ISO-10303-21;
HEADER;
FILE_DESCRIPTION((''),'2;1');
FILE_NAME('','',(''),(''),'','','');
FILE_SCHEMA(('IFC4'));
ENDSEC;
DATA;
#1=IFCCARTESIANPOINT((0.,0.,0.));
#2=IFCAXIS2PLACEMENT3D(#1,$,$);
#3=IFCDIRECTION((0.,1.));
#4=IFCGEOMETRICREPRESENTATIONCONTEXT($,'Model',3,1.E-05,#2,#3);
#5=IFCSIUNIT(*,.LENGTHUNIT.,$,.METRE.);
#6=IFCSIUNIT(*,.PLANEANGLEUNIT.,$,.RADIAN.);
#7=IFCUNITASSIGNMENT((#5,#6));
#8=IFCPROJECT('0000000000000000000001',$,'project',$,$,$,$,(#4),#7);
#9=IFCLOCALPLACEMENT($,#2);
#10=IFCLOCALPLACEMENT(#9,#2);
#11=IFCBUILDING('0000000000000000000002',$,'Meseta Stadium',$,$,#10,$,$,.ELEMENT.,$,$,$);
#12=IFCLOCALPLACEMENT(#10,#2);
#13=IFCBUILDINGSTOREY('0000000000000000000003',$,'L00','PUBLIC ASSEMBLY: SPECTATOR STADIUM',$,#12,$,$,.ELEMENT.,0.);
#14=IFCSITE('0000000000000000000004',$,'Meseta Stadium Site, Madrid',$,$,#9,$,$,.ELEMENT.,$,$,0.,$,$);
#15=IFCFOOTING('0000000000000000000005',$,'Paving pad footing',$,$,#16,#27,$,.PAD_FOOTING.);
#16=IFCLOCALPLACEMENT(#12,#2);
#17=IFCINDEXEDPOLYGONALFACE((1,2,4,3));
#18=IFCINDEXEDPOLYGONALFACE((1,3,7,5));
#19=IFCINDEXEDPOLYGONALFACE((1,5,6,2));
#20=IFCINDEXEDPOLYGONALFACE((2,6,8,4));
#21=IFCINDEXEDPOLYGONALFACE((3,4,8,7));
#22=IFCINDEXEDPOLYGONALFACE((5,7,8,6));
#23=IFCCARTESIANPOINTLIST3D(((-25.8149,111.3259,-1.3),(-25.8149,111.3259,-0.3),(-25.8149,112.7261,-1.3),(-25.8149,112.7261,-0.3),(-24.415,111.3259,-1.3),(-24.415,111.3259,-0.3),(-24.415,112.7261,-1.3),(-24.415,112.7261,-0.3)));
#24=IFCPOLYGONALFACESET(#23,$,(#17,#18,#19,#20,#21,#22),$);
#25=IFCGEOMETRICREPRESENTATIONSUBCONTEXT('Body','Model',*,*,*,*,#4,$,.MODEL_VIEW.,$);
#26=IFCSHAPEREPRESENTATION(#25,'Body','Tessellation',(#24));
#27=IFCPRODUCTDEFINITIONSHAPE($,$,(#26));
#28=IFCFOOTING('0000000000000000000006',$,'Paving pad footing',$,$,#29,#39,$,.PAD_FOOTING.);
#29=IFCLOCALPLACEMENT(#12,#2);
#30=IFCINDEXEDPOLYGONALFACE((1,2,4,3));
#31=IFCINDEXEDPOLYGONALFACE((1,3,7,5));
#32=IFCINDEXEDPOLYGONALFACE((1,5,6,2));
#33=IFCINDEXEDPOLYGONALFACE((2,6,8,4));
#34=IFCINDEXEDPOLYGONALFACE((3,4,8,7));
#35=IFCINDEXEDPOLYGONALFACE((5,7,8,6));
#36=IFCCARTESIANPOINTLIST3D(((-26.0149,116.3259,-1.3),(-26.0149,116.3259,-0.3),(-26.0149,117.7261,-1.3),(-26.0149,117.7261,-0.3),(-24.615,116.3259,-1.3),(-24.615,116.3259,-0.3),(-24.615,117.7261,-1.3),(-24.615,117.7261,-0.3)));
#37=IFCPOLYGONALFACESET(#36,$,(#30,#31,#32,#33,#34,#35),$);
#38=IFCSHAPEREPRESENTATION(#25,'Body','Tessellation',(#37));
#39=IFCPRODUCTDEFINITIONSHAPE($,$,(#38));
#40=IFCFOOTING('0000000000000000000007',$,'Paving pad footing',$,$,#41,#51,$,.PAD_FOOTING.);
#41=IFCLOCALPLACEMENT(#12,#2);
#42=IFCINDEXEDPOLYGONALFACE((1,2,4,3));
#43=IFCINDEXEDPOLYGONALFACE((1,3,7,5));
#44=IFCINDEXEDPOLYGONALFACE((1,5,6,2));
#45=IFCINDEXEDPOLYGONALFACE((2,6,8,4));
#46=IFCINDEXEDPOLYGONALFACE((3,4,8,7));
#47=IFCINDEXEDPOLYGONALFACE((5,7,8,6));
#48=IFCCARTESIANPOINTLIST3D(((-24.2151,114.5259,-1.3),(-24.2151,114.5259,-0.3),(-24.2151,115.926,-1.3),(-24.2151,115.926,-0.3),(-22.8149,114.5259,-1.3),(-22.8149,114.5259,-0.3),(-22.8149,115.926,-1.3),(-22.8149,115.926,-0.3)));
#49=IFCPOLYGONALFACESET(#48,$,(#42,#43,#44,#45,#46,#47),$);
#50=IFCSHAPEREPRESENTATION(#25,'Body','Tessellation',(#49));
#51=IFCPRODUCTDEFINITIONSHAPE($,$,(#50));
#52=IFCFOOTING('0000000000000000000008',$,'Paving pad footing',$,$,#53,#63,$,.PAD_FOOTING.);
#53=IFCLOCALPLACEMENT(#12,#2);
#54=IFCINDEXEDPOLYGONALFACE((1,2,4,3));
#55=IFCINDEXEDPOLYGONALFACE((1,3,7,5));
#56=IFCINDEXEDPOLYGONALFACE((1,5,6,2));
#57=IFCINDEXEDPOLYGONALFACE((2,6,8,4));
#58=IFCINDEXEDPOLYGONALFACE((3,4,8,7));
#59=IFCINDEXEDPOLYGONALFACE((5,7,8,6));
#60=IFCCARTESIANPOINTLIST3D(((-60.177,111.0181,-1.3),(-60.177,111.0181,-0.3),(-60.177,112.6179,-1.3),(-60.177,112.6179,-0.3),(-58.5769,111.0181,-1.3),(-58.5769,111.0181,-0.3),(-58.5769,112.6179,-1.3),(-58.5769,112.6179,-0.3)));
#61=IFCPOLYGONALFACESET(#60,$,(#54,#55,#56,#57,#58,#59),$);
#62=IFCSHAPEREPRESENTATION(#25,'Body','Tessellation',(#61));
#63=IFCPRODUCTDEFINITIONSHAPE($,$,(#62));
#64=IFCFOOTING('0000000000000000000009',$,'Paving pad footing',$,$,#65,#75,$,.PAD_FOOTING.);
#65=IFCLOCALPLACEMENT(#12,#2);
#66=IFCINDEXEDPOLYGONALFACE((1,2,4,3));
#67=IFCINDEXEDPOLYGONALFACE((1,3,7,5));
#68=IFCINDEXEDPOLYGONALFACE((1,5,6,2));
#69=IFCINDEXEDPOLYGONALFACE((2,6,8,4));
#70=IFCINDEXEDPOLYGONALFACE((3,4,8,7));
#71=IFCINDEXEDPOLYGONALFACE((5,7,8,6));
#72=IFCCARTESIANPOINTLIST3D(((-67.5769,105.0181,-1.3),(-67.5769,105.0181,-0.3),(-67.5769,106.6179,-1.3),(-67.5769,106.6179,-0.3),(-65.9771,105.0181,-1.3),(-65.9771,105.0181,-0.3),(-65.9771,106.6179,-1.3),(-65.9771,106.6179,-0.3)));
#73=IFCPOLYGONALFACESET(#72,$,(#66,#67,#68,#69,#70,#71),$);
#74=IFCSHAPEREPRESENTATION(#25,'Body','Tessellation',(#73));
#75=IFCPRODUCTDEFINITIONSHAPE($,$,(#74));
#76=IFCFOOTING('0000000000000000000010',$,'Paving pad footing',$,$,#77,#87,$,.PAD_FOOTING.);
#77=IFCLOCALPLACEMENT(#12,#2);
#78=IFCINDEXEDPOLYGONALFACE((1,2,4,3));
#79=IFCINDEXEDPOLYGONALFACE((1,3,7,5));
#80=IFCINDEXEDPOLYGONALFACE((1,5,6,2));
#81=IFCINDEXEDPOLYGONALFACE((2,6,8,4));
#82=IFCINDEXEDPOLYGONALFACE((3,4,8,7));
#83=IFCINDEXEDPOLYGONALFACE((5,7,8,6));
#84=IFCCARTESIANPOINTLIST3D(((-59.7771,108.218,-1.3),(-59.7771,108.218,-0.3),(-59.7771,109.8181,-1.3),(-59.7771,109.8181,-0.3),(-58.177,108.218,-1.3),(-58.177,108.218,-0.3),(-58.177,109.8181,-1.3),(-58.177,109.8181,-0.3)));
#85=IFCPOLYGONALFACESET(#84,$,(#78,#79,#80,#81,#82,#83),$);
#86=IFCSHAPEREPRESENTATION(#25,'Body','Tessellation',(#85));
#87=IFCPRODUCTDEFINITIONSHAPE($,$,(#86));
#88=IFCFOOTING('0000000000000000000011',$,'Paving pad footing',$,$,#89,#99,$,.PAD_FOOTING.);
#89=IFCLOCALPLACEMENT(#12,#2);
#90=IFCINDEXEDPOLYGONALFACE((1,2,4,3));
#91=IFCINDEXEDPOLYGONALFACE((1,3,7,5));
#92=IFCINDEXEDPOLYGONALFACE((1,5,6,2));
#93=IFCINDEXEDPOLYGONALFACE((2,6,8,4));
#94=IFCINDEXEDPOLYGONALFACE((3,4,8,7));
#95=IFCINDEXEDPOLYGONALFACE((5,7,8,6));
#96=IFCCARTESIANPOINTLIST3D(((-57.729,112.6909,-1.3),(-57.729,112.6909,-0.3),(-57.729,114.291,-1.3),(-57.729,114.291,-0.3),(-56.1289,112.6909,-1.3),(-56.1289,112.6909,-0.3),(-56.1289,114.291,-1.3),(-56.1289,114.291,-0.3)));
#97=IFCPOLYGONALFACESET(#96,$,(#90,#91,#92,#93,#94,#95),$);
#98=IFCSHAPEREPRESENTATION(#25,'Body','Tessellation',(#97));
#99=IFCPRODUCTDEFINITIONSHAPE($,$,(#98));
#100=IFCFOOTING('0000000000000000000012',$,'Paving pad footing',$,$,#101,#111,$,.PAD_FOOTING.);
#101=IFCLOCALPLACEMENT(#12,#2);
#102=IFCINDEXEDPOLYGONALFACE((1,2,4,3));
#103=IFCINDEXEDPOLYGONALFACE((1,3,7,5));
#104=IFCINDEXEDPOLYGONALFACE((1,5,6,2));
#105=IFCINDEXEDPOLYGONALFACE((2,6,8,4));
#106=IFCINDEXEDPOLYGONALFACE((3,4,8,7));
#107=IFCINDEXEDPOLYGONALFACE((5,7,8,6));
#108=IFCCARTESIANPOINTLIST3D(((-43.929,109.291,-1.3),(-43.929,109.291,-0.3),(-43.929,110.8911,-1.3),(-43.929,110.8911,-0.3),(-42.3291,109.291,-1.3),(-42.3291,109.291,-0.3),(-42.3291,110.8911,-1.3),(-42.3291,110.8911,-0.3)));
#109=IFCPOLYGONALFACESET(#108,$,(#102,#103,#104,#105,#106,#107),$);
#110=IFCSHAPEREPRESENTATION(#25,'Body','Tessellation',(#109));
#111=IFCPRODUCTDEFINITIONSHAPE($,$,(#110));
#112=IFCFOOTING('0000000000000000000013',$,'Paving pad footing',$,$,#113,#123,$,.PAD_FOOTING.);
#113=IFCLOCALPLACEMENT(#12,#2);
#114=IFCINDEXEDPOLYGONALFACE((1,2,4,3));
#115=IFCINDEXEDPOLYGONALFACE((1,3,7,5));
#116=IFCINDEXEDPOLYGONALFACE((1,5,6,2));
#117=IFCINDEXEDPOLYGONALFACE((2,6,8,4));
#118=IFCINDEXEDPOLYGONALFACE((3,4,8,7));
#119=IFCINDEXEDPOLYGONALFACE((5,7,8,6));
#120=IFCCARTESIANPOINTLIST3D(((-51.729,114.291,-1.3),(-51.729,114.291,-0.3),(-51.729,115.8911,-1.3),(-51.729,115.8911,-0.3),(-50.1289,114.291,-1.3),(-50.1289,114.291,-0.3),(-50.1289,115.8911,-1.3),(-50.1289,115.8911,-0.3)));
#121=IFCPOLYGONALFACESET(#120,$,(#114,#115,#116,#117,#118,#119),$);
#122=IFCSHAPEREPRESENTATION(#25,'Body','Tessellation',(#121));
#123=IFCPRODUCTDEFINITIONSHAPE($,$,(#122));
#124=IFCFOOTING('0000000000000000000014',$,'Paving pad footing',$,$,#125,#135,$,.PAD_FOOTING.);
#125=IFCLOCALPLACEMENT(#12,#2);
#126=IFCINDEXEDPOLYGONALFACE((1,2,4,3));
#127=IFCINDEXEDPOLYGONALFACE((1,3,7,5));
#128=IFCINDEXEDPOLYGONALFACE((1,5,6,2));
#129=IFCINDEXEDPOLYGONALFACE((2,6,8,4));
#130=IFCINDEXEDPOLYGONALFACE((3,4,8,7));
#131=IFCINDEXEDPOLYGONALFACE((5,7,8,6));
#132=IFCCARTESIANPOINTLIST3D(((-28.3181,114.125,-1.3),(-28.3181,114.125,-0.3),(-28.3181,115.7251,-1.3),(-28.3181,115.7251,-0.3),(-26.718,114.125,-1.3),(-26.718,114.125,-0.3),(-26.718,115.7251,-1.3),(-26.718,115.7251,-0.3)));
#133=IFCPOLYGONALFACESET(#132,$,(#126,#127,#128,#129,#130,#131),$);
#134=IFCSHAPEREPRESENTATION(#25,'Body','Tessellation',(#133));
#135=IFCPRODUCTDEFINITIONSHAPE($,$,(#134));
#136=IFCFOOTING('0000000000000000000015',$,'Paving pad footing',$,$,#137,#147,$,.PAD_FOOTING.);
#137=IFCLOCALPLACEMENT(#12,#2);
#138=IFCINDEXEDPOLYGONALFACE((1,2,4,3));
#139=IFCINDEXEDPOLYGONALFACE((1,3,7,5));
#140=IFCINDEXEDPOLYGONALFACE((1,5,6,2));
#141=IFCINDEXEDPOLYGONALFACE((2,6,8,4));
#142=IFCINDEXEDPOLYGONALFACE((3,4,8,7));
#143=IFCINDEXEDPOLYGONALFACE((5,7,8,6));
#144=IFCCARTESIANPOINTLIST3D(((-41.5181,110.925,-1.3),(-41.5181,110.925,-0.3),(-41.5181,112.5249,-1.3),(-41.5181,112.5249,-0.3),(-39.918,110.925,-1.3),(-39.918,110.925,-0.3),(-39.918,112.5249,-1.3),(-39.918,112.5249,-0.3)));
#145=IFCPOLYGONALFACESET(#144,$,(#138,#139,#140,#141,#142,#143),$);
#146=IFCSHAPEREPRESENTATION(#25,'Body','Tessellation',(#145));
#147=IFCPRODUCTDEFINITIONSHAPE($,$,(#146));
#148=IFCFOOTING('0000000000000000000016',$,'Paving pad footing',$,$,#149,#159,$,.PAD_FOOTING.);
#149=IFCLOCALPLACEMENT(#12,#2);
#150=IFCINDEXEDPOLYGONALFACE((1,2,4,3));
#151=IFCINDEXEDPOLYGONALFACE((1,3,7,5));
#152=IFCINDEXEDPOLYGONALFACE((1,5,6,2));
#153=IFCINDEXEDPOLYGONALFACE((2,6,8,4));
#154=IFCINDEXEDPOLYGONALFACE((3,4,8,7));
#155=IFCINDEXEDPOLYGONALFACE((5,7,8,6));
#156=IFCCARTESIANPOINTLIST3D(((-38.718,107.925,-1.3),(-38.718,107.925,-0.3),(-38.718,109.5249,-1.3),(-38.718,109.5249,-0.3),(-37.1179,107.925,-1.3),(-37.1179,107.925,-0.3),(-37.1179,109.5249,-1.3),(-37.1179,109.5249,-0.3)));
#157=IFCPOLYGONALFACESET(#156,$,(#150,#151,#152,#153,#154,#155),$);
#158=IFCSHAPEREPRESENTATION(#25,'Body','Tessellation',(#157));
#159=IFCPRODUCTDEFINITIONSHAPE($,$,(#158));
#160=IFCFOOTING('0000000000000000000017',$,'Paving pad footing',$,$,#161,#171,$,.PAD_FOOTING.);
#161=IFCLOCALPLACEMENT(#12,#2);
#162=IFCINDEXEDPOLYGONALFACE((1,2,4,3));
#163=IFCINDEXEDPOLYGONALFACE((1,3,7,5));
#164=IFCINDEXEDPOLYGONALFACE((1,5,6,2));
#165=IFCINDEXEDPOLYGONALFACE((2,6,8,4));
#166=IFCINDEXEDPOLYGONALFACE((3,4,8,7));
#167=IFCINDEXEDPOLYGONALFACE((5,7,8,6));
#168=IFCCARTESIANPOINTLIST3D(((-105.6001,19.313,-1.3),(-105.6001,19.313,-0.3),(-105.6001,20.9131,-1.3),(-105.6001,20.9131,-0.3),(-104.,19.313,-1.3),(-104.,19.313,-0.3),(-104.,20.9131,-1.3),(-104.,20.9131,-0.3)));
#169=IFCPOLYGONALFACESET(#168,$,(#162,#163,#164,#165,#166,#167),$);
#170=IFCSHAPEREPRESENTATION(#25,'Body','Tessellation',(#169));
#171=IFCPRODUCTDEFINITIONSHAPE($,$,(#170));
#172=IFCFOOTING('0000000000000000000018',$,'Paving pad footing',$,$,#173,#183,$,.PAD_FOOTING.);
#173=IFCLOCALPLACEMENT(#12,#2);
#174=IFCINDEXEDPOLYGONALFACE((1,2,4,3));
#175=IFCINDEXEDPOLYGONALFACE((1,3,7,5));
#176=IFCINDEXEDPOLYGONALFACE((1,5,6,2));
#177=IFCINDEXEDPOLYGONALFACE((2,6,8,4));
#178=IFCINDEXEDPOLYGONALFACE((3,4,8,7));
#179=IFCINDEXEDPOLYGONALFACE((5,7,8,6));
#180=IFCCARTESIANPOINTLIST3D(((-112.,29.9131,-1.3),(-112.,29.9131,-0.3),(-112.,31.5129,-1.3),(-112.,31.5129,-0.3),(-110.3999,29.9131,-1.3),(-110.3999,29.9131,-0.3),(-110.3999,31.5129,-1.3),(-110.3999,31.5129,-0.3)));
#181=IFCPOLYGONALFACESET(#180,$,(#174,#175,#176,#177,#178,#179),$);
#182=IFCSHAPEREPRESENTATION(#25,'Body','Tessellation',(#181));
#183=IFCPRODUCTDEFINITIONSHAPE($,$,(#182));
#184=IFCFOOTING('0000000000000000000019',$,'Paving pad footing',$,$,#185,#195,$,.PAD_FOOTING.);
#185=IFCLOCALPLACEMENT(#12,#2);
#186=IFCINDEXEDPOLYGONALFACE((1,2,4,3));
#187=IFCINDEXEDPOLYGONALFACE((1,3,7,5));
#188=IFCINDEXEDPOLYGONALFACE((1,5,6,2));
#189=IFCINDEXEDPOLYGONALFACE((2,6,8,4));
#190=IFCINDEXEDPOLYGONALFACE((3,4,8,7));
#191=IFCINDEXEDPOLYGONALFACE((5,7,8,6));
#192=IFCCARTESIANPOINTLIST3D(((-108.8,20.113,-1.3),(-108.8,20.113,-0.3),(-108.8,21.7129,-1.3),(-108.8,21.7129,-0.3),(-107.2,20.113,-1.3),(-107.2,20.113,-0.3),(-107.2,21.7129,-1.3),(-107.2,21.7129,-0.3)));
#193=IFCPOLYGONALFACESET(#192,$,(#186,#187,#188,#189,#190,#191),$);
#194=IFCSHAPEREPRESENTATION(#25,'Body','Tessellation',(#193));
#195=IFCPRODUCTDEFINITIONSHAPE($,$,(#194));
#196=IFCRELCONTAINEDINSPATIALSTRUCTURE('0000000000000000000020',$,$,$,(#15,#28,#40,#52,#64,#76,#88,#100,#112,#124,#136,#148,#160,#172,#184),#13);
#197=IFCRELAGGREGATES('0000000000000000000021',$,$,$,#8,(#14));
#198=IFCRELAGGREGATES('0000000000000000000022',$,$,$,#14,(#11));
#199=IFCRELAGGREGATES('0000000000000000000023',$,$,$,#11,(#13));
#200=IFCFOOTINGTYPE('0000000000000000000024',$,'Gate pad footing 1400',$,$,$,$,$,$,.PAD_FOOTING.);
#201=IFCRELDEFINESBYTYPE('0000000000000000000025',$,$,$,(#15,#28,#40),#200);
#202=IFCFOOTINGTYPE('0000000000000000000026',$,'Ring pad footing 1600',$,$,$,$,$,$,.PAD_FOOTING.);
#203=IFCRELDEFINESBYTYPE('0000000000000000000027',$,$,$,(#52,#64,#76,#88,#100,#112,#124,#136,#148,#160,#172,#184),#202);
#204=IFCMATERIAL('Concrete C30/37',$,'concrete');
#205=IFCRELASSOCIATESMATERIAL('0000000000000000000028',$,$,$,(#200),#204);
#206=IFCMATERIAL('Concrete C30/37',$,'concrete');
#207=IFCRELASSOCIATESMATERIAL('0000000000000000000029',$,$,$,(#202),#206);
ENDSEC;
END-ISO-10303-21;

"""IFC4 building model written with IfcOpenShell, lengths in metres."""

from ifc_helpers import new_model, si_unit, direction, frame, origin, place, context, subcontext, project, spatial, polyline, outline, extrude, material, type_object, element, save


model = new_model("IFC4")

# Units and contexts
model_context = context("Model", 3, precision=1e-05, world=origin(), true_north=direction((0.0, 1.0)))
body_context = subcontext(model_context, "Body", "Model", "MODEL_VIEW")
ifc_project = project(units=[si_unit("LENGTHUNIT", "METRE"), si_unit("PLANEANGLEUNIT", "RADIAN")], contexts=[model_context])

# Site, building, storey
site_placement = place(None, origin())
site = spatial("IfcSite", under=ifc_project, at=site_placement, Name="Meseta Stadium Site, Madrid", CompositionType="ELEMENT", RefElevation=0.0)
building_placement = place(site_placement, origin())
building = spatial("IfcBuilding", under=site, at=building_placement, Name="Meseta Stadium", CompositionType="ELEMENT")
storey_placement = place(building_placement, origin())
storey = spatial("IfcBuildingStorey", under=building, at=storey_placement, Name="L00", Description="PUBLIC ASSEMBLY: SPECTATOR STADIUM", CompositionType="ELEMENT", Elevation=0.0)

# Footings
ifc_material_1 = material(Name="Concrete C30/37", Category="concrete")
footing_type_1 = type_object("IfcFootingType", Name="Gate pad footing 1400", PredefinedType="PAD_FOOTING", material=ifc_material_1)
footing_1_placement = place(storey_placement, frame((0.0, 0.0, -1.3)))
element("IfcFooting", 1, at=footing_1_placement, inside=storey, type_object=footing_type_1, Name="Paving pad footing", PredefinedType="PAD_FOOTING", context=body_context, shape_type="SweptSolid", body=[
    extrude(outline(polyline([(-24.415, 111.3259), (-24.415, 112.7261), (-25.8149, 112.7261), (-25.8149, 111.3259), (-24.415, 111.3259)])), origin(), (0.0, 0.0, 1.0), 1.0),
])
footing_2_placement = place(storey_placement, frame((0.0, 0.0, -1.3)))
element("IfcFooting", 2, at=footing_2_placement, inside=storey, type_object=footing_type_1, Name="Paving pad footing", PredefinedType="PAD_FOOTING", context=body_context, shape_type="SweptSolid", body=[
    extrude(outline(polyline([(-24.615, 116.3259), (-24.615, 117.7261), (-26.0149, 117.7261), (-26.0149, 116.3259), (-24.615, 116.3259)])), origin(), (0.0, 0.0, 1.0), 1.0),
])
footing_3_placement = place(storey_placement, frame((0.0, 0.0, -1.3)))
element("IfcFooting", 3, at=footing_3_placement, inside=storey, type_object=footing_type_1, Name="Paving pad footing", PredefinedType="PAD_FOOTING", context=body_context, shape_type="SweptSolid", body=[
    extrude(outline(polyline([(-22.8149, 114.5259), (-22.8149, 115.926), (-24.2151, 115.926), (-24.2151, 114.5259), (-22.8149, 114.5259)])), origin(), (0.0, 0.0, 1.0), 1.0),
])
ifc_material_2 = material(Name="Concrete C30/37", Category="concrete")
footing_type_2 = type_object("IfcFootingType", Name="Ring pad footing 1600", PredefinedType="PAD_FOOTING", material=ifc_material_2)
footing_4_placement = place(storey_placement, frame((0.0, 0.0, -1.3)))
element("IfcFooting", 4, at=footing_4_placement, inside=storey, type_object=footing_type_2, Name="Paving pad footing", PredefinedType="PAD_FOOTING", context=body_context, shape_type="SweptSolid", body=[
    extrude(outline(polyline([(-58.5769, 111.0181), (-58.5769, 112.6179), (-60.177, 112.6179), (-60.177, 111.0181), (-58.5769, 111.0181)])), origin(), (0.0, 0.0, 1.0), 1.0),
])
footing_5_placement = place(storey_placement, frame((0.0, 0.0, -1.3)))
element("IfcFooting", 5, at=footing_5_placement, inside=storey, type_object=footing_type_2, Name="Paving pad footing", PredefinedType="PAD_FOOTING", context=body_context, shape_type="SweptSolid", body=[
    extrude(outline(polyline([(-65.9771, 105.0181), (-65.9771, 106.6179), (-67.5769, 106.6179), (-67.5769, 105.0181), (-65.9771, 105.0181)])), origin(), (0.0, 0.0, 1.0), 1.0),
])
footing_6_placement = place(storey_placement, frame((0.0, 0.0, -1.3)))
element("IfcFooting", 6, at=footing_6_placement, inside=storey, type_object=footing_type_2, Name="Paving pad footing", PredefinedType="PAD_FOOTING", context=body_context, shape_type="SweptSolid", body=[
    extrude(outline(polyline([(-58.177, 108.218), (-58.177, 109.8181), (-59.7771, 109.8181), (-59.7771, 108.218), (-58.177, 108.218)])), origin(), (0.0, 0.0, 1.0), 1.0),
])
footing_7_placement = place(storey_placement, frame((0.0, 0.0, -1.3)))
element("IfcFooting", 7, at=footing_7_placement, inside=storey, type_object=footing_type_2, Name="Paving pad footing", PredefinedType="PAD_FOOTING", context=body_context, shape_type="SweptSolid", body=[
    extrude(outline(polyline([(-56.1289, 112.6909), (-56.1289, 114.291), (-57.729, 114.291), (-57.729, 112.6909), (-56.1289, 112.6909)])), origin(), (0.0, 0.0, 1.0), 1.0),
])
footing_8_placement = place(storey_placement, frame((0.0, 0.0, -1.3)))
element("IfcFooting", 8, at=footing_8_placement, inside=storey, type_object=footing_type_2, Name="Paving pad footing", PredefinedType="PAD_FOOTING", context=body_context, shape_type="SweptSolid", body=[
    extrude(outline(polyline([(-42.3291, 109.291), (-42.3291, 110.8911), (-43.929, 110.8911), (-43.929, 109.291), (-42.3291, 109.291)])), origin(), (0.0, 0.0, 1.0), 1.0),
])
footing_9_placement = place(storey_placement, frame((0.0, 0.0, -1.3)))
element("IfcFooting", 9, at=footing_9_placement, inside=storey, type_object=footing_type_2, Name="Paving pad footing", PredefinedType="PAD_FOOTING", context=body_context, shape_type="SweptSolid", body=[
    extrude(outline(polyline([(-50.1289, 114.291), (-50.1289, 115.8911), (-51.729, 115.8911), (-51.729, 114.291), (-50.1289, 114.291)])), origin(), (0.0, 0.0, 1.0), 1.0),
])
footing_10_placement = place(storey_placement, frame((0.0, 0.0, -1.3)))
element("IfcFooting", 10, at=footing_10_placement, inside=storey, type_object=footing_type_2, Name="Paving pad footing", PredefinedType="PAD_FOOTING", context=body_context, shape_type="SweptSolid", body=[
    extrude(outline(polyline([(-26.718, 114.125), (-26.718, 115.7251), (-28.3181, 115.7251), (-28.3181, 114.125), (-26.718, 114.125)])), origin(), (0.0, 0.0, 1.0), 1.0),
])
footing_11_placement = place(storey_placement, frame((0.0, 0.0, -1.3)))
element("IfcFooting", 11, at=footing_11_placement, inside=storey, type_object=footing_type_2, Name="Paving pad footing", PredefinedType="PAD_FOOTING", context=body_context, shape_type="SweptSolid", body=[
    extrude(outline(polyline([(-39.918, 110.925), (-39.918, 112.5249), (-41.5181, 112.5249), (-41.5181, 110.925), (-39.918, 110.925)])), origin(), (0.0, 0.0, 1.0), 1.0),
])
footing_12_placement = place(storey_placement, frame((0.0, 0.0, -1.3)))
element("IfcFooting", 12, at=footing_12_placement, inside=storey, type_object=footing_type_2, Name="Paving pad footing", PredefinedType="PAD_FOOTING", context=body_context, shape_type="SweptSolid", body=[
    extrude(outline(polyline([(-37.1179, 107.925), (-37.1179, 109.5249), (-38.718, 109.5249), (-38.718, 107.925), (-37.1179, 107.925)])), origin(), (0.0, 0.0, 1.0), 1.0),
])
footing_13_placement = place(storey_placement, frame((0.0, 0.0, -1.3)))
element("IfcFooting", 13, at=footing_13_placement, inside=storey, type_object=footing_type_2, Name="Paving pad footing", PredefinedType="PAD_FOOTING", context=body_context, shape_type="SweptSolid", body=[
    extrude(outline(polyline([(-104.0, 19.313), (-104.0, 20.9131), (-105.6001, 20.9131), (-105.6001, 19.313), (-104.0, 19.313)])), origin(), (0.0, 0.0, 1.0), 1.0),
])
footing_14_placement = place(storey_placement, frame((0.0, 0.0, -1.3)))
element("IfcFooting", 14, at=footing_14_placement, inside=storey, type_object=footing_type_2, Name="Paving pad footing", PredefinedType="PAD_FOOTING", context=body_context, shape_type="SweptSolid", body=[
    extrude(outline(polyline([(-110.3999, 29.9131), (-110.3999, 31.5129), (-112.0, 31.5129), (-112.0, 29.9131), (-110.3999, 29.9131)])), origin(), (0.0, 0.0, 1.0), 1.0),
])
footing_15_placement = place(storey_placement, frame((0.0, 0.0, -1.3)))
element("IfcFooting", 15, at=footing_15_placement, inside=storey, type_object=footing_type_2, Name="Paving pad footing", PredefinedType="PAD_FOOTING", context=body_context, shape_type="SweptSolid", body=[
    extrude(outline(polyline([(-107.2, 20.113), (-107.2, 21.7129), (-108.8, 21.7129), (-108.8, 20.113), (-107.2, 20.113)])), origin(), (0.0, 0.0, 1.0), 1.0),
])

save(model, "model.ifc")
